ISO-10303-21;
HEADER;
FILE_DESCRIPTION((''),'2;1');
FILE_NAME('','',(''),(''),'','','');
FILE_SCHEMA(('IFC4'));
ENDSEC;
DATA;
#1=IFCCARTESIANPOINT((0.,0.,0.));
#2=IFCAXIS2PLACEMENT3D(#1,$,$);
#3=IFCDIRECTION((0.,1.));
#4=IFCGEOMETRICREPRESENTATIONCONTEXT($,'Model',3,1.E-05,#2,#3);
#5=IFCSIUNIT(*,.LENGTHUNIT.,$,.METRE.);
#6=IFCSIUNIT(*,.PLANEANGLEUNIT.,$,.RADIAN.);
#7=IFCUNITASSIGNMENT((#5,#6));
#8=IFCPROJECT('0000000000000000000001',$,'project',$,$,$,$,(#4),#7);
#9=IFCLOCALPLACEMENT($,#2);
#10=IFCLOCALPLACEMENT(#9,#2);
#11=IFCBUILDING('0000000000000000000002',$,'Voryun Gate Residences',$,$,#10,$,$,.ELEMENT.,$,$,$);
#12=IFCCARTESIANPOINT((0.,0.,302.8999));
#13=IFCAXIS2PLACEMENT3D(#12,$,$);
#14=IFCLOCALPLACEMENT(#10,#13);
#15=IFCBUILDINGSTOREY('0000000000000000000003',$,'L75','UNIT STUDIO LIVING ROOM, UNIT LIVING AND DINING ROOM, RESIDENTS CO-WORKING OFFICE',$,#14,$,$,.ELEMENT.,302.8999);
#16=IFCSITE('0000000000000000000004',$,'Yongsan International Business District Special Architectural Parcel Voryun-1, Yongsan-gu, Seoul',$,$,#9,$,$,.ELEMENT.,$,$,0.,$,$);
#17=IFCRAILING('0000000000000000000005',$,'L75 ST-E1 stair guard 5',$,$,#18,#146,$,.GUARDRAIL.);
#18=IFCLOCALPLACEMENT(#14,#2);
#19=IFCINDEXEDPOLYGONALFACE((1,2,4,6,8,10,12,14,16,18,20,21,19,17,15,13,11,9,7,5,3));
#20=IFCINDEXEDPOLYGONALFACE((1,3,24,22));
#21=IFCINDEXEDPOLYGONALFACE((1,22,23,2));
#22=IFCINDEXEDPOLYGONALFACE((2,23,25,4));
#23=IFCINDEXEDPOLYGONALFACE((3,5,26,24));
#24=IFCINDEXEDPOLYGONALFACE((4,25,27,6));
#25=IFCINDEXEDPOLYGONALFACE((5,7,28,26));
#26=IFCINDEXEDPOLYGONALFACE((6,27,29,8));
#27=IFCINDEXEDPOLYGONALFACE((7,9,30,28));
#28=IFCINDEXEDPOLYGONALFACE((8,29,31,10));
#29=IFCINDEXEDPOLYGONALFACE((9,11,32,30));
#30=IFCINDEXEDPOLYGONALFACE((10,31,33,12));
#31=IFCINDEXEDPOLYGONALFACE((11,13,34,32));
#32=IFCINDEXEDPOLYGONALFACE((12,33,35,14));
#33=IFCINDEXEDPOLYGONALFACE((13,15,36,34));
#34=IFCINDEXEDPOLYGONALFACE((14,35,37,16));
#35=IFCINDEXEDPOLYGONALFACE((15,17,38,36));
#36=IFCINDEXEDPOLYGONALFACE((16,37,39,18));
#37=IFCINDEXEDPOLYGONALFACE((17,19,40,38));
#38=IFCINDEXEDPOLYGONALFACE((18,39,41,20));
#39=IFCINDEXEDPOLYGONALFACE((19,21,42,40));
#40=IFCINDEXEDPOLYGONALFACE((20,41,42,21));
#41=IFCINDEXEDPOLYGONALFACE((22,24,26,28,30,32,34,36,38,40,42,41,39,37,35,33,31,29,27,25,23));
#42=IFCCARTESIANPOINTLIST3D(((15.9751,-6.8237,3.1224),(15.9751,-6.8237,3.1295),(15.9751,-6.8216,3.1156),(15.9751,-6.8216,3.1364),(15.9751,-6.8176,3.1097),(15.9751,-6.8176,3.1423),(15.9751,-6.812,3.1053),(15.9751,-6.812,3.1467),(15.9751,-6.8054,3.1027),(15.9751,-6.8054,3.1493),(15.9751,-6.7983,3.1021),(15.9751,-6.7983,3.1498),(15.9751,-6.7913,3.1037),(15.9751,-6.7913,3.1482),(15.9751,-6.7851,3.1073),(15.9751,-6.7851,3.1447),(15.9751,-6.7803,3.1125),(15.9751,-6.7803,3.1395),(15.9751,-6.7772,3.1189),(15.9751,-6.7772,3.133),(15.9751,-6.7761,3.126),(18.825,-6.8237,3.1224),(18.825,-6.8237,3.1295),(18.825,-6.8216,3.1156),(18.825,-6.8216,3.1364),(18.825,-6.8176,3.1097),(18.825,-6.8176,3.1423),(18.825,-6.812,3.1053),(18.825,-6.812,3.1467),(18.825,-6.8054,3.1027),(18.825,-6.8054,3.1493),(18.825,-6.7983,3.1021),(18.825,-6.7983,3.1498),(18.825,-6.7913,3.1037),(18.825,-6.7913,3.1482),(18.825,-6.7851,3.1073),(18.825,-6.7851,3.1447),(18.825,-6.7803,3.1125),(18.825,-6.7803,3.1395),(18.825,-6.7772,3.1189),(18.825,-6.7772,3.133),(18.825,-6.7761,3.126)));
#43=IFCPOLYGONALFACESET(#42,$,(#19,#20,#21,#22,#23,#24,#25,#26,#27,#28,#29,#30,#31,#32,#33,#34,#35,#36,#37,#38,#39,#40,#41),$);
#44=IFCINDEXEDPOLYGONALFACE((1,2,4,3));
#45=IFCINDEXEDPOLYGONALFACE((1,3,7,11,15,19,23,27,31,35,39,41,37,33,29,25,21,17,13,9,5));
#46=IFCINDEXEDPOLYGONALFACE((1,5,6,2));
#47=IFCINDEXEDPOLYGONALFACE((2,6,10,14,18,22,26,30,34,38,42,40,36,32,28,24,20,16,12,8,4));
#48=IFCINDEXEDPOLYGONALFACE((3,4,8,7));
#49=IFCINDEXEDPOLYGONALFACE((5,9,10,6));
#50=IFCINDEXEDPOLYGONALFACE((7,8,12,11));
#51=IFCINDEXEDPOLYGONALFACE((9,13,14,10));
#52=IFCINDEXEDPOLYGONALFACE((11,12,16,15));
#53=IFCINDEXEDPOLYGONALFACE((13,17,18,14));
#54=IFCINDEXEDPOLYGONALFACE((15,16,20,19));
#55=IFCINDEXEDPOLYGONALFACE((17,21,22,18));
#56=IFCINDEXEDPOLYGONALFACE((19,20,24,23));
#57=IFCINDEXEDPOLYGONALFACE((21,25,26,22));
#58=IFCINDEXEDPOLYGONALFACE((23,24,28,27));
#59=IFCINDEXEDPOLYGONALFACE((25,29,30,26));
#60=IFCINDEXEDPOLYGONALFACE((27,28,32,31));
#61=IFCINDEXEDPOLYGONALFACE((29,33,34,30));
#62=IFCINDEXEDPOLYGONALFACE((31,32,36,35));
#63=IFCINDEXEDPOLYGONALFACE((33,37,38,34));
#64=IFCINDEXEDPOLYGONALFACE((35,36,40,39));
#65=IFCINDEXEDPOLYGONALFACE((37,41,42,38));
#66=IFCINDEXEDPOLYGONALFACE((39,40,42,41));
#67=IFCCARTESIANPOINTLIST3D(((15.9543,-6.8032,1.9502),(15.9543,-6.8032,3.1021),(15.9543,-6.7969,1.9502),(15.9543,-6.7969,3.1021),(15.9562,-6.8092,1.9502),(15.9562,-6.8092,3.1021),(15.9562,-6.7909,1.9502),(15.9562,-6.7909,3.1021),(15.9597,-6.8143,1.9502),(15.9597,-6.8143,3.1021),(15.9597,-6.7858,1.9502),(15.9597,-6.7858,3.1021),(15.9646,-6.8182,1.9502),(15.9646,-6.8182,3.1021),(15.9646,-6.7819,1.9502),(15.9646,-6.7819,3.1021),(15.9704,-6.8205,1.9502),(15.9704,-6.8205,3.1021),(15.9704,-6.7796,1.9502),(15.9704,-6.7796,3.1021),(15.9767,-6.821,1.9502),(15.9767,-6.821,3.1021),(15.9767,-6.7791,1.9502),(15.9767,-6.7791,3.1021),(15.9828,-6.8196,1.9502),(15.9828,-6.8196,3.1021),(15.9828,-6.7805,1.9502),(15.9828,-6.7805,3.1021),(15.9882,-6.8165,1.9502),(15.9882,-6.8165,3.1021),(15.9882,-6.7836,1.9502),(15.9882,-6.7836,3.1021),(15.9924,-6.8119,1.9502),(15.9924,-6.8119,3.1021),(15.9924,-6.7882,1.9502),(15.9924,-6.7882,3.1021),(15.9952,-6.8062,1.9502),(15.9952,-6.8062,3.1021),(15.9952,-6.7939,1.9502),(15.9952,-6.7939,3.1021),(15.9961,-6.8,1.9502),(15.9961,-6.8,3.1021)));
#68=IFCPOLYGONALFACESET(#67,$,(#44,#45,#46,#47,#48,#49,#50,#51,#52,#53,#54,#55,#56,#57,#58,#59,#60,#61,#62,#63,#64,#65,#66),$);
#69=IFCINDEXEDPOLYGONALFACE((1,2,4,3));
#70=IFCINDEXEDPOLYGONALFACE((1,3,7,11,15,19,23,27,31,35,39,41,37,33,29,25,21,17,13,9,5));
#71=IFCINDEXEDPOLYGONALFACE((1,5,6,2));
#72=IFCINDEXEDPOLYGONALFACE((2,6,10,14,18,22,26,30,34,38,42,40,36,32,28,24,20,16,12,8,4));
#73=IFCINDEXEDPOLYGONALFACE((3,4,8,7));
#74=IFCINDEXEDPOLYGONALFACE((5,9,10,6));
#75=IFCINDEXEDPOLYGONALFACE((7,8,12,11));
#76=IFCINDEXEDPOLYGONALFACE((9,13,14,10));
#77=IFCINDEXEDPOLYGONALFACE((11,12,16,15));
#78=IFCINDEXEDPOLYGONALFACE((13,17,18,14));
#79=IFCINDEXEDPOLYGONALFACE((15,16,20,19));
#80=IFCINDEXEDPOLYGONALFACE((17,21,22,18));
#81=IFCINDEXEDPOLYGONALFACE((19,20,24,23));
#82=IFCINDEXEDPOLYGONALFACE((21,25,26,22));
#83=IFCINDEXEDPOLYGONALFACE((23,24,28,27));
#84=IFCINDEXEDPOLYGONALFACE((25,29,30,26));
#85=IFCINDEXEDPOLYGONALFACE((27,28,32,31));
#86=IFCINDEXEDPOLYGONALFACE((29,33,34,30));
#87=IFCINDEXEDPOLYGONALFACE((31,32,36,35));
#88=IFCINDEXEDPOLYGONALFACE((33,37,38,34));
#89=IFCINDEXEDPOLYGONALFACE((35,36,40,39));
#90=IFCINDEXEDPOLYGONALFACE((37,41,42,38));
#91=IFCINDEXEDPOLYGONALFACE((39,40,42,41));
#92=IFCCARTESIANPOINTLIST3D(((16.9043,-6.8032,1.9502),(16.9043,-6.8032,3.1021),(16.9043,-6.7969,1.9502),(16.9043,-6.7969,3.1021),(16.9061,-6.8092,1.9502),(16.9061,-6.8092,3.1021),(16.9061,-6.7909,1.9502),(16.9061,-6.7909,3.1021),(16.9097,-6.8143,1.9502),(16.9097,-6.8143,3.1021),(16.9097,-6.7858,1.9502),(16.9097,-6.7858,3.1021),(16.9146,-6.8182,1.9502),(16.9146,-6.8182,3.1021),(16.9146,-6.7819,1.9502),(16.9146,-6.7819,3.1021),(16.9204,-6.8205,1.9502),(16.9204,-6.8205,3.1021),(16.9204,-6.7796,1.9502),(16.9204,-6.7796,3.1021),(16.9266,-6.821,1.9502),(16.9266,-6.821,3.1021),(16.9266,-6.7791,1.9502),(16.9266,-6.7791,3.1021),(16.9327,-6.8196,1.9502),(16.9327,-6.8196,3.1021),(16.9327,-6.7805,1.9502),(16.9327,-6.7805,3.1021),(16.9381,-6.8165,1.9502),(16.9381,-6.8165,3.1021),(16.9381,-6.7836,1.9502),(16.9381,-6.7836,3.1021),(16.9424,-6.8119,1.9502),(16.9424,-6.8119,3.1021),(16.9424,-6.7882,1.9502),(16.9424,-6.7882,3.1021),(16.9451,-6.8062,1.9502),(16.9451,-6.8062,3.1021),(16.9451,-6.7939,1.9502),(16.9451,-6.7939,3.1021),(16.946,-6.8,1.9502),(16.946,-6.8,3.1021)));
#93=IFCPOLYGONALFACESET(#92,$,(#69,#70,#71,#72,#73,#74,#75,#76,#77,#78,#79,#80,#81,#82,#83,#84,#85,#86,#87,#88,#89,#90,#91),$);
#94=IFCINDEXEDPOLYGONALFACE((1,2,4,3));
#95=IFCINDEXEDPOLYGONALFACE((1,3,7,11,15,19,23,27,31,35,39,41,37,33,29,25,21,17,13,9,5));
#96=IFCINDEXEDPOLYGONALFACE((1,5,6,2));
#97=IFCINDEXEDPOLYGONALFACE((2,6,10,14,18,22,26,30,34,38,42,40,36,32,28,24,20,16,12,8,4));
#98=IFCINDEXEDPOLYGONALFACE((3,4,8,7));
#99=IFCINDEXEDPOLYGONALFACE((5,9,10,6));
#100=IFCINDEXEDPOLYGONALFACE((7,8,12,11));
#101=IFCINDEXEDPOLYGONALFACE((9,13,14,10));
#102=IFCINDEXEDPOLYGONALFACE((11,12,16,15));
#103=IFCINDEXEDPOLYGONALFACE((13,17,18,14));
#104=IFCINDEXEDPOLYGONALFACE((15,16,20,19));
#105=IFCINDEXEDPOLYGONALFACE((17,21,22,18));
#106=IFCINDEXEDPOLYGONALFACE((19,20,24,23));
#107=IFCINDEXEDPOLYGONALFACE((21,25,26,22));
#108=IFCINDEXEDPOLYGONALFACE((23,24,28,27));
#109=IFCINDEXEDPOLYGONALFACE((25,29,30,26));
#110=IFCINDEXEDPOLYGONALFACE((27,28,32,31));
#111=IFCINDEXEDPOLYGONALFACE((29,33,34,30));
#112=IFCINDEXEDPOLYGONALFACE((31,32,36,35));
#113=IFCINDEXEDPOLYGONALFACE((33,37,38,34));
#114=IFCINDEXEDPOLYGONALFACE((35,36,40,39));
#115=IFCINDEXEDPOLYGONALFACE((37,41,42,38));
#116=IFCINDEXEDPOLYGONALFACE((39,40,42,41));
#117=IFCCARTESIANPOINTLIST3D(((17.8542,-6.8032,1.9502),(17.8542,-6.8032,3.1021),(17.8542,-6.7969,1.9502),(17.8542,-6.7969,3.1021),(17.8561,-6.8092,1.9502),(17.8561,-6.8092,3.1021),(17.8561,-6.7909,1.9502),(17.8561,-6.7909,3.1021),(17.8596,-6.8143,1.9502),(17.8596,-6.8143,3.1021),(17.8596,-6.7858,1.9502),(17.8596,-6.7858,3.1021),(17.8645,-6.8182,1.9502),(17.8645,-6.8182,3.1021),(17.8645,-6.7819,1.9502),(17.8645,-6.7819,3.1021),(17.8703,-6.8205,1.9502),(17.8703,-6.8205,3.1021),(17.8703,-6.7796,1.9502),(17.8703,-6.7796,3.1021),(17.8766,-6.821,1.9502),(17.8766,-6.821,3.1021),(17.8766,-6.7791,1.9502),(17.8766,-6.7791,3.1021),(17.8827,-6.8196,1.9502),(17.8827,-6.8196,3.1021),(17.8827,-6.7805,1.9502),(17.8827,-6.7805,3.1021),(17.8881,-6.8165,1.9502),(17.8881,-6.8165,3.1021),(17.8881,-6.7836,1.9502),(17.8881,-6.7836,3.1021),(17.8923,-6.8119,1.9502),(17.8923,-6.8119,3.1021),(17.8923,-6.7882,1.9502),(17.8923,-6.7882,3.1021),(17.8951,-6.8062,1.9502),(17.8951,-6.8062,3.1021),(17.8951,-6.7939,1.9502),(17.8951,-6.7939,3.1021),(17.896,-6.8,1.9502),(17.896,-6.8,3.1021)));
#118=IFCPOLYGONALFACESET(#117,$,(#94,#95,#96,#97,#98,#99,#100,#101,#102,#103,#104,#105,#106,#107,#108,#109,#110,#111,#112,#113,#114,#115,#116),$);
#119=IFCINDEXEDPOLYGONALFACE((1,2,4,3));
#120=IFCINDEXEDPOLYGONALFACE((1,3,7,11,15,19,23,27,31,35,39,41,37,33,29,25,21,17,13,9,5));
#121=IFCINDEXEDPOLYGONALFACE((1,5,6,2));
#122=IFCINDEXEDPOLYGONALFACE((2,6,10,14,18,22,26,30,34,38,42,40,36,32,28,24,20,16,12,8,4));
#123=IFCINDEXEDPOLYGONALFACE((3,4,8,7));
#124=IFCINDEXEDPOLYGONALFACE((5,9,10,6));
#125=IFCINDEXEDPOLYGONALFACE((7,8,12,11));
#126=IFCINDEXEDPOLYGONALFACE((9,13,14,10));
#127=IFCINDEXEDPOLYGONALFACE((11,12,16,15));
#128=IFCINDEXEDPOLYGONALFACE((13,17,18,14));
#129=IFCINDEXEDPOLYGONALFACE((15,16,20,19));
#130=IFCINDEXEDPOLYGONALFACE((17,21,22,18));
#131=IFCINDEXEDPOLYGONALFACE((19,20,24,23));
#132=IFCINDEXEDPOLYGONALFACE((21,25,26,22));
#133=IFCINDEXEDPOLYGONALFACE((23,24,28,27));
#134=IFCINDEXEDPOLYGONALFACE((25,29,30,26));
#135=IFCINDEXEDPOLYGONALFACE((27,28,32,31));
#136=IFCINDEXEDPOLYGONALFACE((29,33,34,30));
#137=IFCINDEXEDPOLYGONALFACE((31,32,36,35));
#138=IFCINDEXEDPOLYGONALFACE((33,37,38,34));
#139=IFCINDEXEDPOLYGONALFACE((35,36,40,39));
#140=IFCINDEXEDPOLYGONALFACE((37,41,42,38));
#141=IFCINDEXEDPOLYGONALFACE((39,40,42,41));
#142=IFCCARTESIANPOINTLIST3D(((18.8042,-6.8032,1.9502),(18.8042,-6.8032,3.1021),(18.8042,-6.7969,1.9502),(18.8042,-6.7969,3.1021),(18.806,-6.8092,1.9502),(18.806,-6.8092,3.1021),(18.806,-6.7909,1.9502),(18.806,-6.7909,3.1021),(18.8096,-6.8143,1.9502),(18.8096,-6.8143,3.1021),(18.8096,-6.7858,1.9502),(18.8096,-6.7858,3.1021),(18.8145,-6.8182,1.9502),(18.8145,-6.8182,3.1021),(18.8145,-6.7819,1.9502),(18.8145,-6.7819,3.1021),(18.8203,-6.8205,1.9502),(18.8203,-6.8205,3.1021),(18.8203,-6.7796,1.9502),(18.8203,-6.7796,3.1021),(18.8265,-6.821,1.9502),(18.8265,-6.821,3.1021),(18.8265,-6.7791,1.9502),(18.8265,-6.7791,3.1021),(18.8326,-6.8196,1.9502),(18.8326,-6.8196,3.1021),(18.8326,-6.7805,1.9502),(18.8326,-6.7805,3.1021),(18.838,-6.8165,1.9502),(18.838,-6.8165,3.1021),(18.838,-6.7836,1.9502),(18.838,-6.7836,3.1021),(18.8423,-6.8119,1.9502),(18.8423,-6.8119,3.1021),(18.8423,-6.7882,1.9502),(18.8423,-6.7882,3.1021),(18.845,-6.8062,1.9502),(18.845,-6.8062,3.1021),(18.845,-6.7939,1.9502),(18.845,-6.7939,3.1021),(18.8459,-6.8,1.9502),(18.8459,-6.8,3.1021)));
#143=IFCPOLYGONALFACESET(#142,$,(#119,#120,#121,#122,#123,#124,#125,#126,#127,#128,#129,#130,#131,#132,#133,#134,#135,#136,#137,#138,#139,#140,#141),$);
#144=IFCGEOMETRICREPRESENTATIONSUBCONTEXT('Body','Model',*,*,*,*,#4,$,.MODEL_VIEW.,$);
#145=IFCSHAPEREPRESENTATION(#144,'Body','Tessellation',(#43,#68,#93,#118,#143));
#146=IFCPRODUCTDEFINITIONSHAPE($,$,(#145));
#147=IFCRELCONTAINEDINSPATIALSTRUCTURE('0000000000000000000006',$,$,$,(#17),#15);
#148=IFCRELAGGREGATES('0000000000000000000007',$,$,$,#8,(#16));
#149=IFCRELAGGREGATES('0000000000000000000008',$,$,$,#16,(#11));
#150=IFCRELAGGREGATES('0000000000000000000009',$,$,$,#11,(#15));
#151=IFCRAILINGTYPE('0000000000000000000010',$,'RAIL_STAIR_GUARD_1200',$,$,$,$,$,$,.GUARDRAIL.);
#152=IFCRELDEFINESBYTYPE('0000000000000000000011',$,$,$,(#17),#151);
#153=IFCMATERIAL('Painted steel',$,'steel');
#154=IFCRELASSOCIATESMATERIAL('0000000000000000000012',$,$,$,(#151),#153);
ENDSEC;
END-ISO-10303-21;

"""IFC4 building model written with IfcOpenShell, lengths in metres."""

from ifc_helpers import new_model, si_unit, direction, frame, origin, origin_2d, place, context, subcontext, project, spatial, circle, extrude, material, type_object, element, save


model = new_model("IFC4")

# Units and contexts
model_context = context("Model", 3, precision=1e-05, world=origin(), true_north=direction((0.0, 1.0)))
body_context = subcontext(model_context, "Body", "Model", "MODEL_VIEW")
ifc_project = project(units=[si_unit("LENGTHUNIT", "METRE"), si_unit("PLANEANGLEUNIT", "RADIAN")], contexts=[model_context])

# Site, building, storey
site_placement = place(None, origin())
site = spatial("IfcSite", under=ifc_project, at=site_placement, Name="Yongsan International Business District Special Architectural Parcel Voryun-1, Yongsan-gu, Seoul", CompositionType="ELEMENT", RefElevation=0.0)
building_placement = place(site_placement, origin())
building = spatial("IfcBuilding", under=site, at=building_placement, Name="Voryun Gate Residences", CompositionType="ELEMENT")
storey_placement = place(building_placement, frame((0.0, 0.0, 302.8999)))
storey = spatial("IfcBuildingStorey", under=building, at=storey_placement, Name="L75", Description="UNIT STUDIO LIVING ROOM, UNIT LIVING AND DINING ROOM, RESIDENTS CO-WORKING OFFICE", CompositionType="ELEMENT", Elevation=302.8999)

# Railing
ifc_material_1 = material(Name="Painted steel", Category="steel")
railing_type_1 = type_object("IfcRailingType", Name="RAIL_STAIR_GUARD_1200", PredefinedType="GUARDRAIL", material=ifc_material_1)
railing_1_placement = place(storey_placement, frame((15.9751, -6.8, 1.9502)))
element("IfcRailing", 1, at=railing_1_placement, inside=storey, type_object=railing_type_1, Name="L75 ST-E1 stair guard 5", PredefinedType="GUARDRAIL", context=body_context, shape_type="SweptSolid", body=[
    extrude(circle(Radius=0.0239, at=origin_2d()), frame((0.0, 0.0, 1.1758), z_axis=(1.0, 0.0, 0.0), x_axis=(0.0, 1.0, 0.0)), (0.0, 0.0, 1.0), 2.8499),
    extrude(circle(Radius=0.021, at=origin_2d()), origin(), (0.0, 0.0, 1.0), 1.1519),
    extrude(circle(Radius=0.021, at=origin_2d()), frame((0.95, 0.0, 0.0)), (0.0, 0.0, 1.0), 1.1519),
    extrude(circle(Radius=0.021, at=origin_2d()), frame((1.8999, 0.0, 0.0)), (0.0, 0.0, 1.0), 1.1519),
    extrude(circle(Radius=0.021, at=origin_2d()), frame((2.8499, 0.0, 0.0)), (0.0, 0.0, 1.0), 1.1519),
])

save(model, "model.ifc")
